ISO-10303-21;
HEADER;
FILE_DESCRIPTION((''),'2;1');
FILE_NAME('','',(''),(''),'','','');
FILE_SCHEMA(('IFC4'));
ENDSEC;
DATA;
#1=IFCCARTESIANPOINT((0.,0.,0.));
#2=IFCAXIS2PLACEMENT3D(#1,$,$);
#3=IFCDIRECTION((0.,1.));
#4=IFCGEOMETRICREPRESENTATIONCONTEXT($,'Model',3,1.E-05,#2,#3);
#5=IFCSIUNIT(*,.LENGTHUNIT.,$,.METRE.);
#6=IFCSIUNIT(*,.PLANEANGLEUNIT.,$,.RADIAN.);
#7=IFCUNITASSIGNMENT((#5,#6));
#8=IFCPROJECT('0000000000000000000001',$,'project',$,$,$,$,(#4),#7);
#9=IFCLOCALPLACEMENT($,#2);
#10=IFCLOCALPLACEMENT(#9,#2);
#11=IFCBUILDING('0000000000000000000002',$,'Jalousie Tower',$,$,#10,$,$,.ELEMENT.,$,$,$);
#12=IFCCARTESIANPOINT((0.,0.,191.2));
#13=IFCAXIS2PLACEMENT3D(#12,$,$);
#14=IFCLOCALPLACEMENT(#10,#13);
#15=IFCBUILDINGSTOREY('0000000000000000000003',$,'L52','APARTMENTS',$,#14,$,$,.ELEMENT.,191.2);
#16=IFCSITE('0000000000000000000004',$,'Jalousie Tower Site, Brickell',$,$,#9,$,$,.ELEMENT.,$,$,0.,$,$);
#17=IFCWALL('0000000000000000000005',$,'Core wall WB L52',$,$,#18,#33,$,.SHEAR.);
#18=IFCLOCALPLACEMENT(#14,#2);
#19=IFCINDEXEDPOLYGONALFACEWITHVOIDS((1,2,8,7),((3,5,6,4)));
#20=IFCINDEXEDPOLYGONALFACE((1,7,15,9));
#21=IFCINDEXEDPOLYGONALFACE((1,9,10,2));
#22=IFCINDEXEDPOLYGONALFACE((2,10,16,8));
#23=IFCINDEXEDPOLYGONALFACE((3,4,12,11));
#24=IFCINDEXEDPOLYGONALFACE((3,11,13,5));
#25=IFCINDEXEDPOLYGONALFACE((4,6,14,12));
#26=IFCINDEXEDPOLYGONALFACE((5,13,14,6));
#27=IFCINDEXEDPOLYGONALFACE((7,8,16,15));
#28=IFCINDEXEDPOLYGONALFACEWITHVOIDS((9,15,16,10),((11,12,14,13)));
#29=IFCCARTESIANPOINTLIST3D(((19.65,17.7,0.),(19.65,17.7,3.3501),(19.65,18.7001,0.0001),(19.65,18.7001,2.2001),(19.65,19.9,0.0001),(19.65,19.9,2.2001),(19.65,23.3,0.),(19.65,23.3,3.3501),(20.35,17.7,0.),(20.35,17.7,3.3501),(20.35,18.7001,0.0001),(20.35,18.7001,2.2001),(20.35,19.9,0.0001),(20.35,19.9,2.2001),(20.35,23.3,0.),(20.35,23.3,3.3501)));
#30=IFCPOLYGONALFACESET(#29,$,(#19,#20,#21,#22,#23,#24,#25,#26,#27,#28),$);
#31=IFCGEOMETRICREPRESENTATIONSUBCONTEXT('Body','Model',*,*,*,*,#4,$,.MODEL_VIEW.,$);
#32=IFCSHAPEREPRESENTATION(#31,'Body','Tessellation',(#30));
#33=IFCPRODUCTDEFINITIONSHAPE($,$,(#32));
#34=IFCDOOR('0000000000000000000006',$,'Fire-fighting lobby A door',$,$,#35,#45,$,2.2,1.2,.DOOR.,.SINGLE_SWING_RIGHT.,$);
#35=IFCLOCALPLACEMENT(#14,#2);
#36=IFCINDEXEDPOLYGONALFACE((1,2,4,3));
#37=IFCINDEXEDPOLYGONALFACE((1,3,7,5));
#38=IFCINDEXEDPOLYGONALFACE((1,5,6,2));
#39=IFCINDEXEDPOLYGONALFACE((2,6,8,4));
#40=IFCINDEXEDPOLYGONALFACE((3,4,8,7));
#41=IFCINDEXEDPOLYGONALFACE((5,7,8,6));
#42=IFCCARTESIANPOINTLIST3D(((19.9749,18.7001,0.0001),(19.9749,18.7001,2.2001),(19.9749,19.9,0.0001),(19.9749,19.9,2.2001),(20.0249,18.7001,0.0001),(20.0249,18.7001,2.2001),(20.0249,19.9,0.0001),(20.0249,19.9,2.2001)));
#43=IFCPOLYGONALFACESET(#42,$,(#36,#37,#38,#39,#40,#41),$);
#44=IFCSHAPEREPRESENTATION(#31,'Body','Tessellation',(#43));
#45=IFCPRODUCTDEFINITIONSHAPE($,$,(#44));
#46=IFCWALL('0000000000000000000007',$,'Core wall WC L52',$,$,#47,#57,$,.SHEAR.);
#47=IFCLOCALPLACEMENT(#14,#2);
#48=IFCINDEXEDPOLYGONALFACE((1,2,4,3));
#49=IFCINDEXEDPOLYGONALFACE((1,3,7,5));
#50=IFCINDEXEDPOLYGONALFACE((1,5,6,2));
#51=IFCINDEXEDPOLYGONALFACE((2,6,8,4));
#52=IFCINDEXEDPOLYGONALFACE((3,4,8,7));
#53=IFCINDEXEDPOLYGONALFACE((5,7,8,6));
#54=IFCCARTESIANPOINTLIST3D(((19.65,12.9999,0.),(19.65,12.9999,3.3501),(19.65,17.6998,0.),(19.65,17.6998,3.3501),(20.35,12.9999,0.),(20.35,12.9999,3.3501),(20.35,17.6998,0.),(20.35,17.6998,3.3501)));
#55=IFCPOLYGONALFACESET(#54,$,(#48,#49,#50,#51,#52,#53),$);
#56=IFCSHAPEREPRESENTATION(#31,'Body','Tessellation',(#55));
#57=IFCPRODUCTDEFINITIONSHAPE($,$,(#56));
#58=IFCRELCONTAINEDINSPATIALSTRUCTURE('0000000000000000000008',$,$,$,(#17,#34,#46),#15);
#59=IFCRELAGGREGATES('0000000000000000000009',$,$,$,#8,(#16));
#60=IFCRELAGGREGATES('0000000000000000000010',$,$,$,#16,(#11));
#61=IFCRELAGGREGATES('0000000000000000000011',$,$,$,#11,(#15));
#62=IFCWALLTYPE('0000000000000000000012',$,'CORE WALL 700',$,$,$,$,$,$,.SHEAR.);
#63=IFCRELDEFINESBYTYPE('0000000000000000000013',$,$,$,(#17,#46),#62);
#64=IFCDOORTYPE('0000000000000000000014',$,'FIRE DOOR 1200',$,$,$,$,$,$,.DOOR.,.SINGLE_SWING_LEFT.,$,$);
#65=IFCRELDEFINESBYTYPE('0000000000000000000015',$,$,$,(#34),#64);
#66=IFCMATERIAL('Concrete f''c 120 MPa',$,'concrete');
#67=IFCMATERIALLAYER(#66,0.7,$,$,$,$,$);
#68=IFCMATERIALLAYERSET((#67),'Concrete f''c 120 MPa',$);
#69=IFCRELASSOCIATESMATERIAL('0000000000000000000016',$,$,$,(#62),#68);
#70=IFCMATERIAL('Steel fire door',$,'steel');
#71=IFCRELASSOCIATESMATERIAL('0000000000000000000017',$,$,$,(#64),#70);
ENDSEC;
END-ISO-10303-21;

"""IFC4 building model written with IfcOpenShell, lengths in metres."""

from ifc_helpers import new_model, si_unit, direction, frame, frame_2d, origin, place, context, subcontext, project, spatial, rectangle, extrude, material, layer, layer_set, type_object, element, fill, save


model = new_model("IFC4")

# Units and contexts
model_context = context("Model", 3, precision=1e-05, world=origin(), true_north=direction((0.0, 1.0)))
body_context = subcontext(model_context, "Body", "Model", "MODEL_VIEW")
ifc_project = project(units=[si_unit("LENGTHUNIT", "METRE"), si_unit("PLANEANGLEUNIT", "RADIAN")], contexts=[model_context])

# Site, building, storey
site_placement = place(None, origin())
site = spatial("IfcSite", under=ifc_project, at=site_placement, Name="Jalousie Tower Site, Brickell", CompositionType="ELEMENT", RefElevation=0.0)
building_placement = place(site_placement, origin())
building = spatial("IfcBuilding", under=site, at=building_placement, Name="Jalousie Tower", CompositionType="ELEMENT")
storey_placement = place(building_placement, frame((0.0, 0.0, 191.2)))
storey = spatial("IfcBuildingStorey", under=building, at=storey_placement, Name="L52", Description="APARTMENTS", CompositionType="ELEMENT", Elevation=191.2)

# Shared definitions
ifc_material_1 = material(Name="Concrete f'c 120 MPa", Category="concrete")
ifc_layer_1 = layer(ifc_material_1, 0.7)
ifc_layer_set_1 = layer_set([ifc_layer_1], Name="Concrete f'c 120 MPa")
wall_type_1 = type_object("IfcWallType", Name="CORE WALL 700", PredefinedType="SHEAR", material=ifc_layer_set_1)

# Wall, opening, door
wall_1_placement = place(storey_placement, frame((20.0, 23.3, 0.0), z_axis=(0.0, 0.0, 1.0), x_axis=(0.0, -1.0, 0.0)))
wall_1 = element("IfcWall", 1, at=wall_1_placement, inside=storey, type_object=wall_type_1, Name="Core wall WB L52", PredefinedType="SHEAR", context=body_context, shape_type="SweptSolid", body=[
    extrude(rectangle(XDim=5.6001, YDim=0.7, at=frame_2d((2.8, 0.0))), origin(), (0.0, 0.0, 1.0), 3.3501),
])
opening_1_placement = place(wall_1_placement, frame((3.3999, 0.0, 0.0)))
opening_1 = element("IfcOpeningElement", 2, at=opening_1_placement, cuts=wall_1, PredefinedType="OPENING", context=body_context, shape_type="SweptSolid", body=[
    extrude(rectangle(XDim=1.2, YDim=2.2, at=frame_2d((0.6001, 1.1001))), frame((0.0, 0.3599, 0.0), z_axis=(0.0, -1.0, 0.0), x_axis=(1.0, 0.0, 0.0)), (0.0, 0.0, 1.0), 0.72),
])
ifc_material_2 = material(Name="Steel fire door", Category="steel")
door_type_1 = type_object("IfcDoorType", Name="FIRE DOOR 1200", OperationType="SINGLE_SWING_LEFT", PredefinedType="DOOR", material=ifc_material_2)
door_1_placement = place(opening_1_placement, origin())
door_1 = element("IfcDoor", 3, at=door_1_placement, inside=storey, type_object=door_type_1, Name="Fire-fighting lobby A door", OperationType="SINGLE_SWING_RIGHT", OverallHeight=2.2, OverallWidth=1.2, PredefinedType="DOOR", context=body_context, shape_type="SweptSolid", body=[
    extrude(rectangle(XDim=1.2, YDim=2.2, at=frame_2d((0.6001, 1.1001))), frame((0.0, 0.0249, 0.0), z_axis=(0.0, -1.0, 0.0), x_axis=(1.0, 0.0, 0.0)), (0.0, 0.0, 1.0), 0.05),
])
fill(opening_1, door_1)

# Wall
wall_2_placement = place(storey_placement, frame((20.0, 17.7, 0.0), z_axis=(0.0, 0.0, 1.0), x_axis=(0.0, -1.0, 0.0)))
element("IfcWall", 4, at=wall_2_placement, inside=storey, type_object=wall_type_1, Name="Core wall WC L52", PredefinedType="SHEAR", context=body_context, shape_type="SweptSolid", body=[
    extrude(rectangle(XDim=4.7, YDim=0.7, at=frame_2d((2.3501, 0.0))), origin(), (0.0, 0.0, 1.0), 3.3501),
])

save(model, "model.ifc")
